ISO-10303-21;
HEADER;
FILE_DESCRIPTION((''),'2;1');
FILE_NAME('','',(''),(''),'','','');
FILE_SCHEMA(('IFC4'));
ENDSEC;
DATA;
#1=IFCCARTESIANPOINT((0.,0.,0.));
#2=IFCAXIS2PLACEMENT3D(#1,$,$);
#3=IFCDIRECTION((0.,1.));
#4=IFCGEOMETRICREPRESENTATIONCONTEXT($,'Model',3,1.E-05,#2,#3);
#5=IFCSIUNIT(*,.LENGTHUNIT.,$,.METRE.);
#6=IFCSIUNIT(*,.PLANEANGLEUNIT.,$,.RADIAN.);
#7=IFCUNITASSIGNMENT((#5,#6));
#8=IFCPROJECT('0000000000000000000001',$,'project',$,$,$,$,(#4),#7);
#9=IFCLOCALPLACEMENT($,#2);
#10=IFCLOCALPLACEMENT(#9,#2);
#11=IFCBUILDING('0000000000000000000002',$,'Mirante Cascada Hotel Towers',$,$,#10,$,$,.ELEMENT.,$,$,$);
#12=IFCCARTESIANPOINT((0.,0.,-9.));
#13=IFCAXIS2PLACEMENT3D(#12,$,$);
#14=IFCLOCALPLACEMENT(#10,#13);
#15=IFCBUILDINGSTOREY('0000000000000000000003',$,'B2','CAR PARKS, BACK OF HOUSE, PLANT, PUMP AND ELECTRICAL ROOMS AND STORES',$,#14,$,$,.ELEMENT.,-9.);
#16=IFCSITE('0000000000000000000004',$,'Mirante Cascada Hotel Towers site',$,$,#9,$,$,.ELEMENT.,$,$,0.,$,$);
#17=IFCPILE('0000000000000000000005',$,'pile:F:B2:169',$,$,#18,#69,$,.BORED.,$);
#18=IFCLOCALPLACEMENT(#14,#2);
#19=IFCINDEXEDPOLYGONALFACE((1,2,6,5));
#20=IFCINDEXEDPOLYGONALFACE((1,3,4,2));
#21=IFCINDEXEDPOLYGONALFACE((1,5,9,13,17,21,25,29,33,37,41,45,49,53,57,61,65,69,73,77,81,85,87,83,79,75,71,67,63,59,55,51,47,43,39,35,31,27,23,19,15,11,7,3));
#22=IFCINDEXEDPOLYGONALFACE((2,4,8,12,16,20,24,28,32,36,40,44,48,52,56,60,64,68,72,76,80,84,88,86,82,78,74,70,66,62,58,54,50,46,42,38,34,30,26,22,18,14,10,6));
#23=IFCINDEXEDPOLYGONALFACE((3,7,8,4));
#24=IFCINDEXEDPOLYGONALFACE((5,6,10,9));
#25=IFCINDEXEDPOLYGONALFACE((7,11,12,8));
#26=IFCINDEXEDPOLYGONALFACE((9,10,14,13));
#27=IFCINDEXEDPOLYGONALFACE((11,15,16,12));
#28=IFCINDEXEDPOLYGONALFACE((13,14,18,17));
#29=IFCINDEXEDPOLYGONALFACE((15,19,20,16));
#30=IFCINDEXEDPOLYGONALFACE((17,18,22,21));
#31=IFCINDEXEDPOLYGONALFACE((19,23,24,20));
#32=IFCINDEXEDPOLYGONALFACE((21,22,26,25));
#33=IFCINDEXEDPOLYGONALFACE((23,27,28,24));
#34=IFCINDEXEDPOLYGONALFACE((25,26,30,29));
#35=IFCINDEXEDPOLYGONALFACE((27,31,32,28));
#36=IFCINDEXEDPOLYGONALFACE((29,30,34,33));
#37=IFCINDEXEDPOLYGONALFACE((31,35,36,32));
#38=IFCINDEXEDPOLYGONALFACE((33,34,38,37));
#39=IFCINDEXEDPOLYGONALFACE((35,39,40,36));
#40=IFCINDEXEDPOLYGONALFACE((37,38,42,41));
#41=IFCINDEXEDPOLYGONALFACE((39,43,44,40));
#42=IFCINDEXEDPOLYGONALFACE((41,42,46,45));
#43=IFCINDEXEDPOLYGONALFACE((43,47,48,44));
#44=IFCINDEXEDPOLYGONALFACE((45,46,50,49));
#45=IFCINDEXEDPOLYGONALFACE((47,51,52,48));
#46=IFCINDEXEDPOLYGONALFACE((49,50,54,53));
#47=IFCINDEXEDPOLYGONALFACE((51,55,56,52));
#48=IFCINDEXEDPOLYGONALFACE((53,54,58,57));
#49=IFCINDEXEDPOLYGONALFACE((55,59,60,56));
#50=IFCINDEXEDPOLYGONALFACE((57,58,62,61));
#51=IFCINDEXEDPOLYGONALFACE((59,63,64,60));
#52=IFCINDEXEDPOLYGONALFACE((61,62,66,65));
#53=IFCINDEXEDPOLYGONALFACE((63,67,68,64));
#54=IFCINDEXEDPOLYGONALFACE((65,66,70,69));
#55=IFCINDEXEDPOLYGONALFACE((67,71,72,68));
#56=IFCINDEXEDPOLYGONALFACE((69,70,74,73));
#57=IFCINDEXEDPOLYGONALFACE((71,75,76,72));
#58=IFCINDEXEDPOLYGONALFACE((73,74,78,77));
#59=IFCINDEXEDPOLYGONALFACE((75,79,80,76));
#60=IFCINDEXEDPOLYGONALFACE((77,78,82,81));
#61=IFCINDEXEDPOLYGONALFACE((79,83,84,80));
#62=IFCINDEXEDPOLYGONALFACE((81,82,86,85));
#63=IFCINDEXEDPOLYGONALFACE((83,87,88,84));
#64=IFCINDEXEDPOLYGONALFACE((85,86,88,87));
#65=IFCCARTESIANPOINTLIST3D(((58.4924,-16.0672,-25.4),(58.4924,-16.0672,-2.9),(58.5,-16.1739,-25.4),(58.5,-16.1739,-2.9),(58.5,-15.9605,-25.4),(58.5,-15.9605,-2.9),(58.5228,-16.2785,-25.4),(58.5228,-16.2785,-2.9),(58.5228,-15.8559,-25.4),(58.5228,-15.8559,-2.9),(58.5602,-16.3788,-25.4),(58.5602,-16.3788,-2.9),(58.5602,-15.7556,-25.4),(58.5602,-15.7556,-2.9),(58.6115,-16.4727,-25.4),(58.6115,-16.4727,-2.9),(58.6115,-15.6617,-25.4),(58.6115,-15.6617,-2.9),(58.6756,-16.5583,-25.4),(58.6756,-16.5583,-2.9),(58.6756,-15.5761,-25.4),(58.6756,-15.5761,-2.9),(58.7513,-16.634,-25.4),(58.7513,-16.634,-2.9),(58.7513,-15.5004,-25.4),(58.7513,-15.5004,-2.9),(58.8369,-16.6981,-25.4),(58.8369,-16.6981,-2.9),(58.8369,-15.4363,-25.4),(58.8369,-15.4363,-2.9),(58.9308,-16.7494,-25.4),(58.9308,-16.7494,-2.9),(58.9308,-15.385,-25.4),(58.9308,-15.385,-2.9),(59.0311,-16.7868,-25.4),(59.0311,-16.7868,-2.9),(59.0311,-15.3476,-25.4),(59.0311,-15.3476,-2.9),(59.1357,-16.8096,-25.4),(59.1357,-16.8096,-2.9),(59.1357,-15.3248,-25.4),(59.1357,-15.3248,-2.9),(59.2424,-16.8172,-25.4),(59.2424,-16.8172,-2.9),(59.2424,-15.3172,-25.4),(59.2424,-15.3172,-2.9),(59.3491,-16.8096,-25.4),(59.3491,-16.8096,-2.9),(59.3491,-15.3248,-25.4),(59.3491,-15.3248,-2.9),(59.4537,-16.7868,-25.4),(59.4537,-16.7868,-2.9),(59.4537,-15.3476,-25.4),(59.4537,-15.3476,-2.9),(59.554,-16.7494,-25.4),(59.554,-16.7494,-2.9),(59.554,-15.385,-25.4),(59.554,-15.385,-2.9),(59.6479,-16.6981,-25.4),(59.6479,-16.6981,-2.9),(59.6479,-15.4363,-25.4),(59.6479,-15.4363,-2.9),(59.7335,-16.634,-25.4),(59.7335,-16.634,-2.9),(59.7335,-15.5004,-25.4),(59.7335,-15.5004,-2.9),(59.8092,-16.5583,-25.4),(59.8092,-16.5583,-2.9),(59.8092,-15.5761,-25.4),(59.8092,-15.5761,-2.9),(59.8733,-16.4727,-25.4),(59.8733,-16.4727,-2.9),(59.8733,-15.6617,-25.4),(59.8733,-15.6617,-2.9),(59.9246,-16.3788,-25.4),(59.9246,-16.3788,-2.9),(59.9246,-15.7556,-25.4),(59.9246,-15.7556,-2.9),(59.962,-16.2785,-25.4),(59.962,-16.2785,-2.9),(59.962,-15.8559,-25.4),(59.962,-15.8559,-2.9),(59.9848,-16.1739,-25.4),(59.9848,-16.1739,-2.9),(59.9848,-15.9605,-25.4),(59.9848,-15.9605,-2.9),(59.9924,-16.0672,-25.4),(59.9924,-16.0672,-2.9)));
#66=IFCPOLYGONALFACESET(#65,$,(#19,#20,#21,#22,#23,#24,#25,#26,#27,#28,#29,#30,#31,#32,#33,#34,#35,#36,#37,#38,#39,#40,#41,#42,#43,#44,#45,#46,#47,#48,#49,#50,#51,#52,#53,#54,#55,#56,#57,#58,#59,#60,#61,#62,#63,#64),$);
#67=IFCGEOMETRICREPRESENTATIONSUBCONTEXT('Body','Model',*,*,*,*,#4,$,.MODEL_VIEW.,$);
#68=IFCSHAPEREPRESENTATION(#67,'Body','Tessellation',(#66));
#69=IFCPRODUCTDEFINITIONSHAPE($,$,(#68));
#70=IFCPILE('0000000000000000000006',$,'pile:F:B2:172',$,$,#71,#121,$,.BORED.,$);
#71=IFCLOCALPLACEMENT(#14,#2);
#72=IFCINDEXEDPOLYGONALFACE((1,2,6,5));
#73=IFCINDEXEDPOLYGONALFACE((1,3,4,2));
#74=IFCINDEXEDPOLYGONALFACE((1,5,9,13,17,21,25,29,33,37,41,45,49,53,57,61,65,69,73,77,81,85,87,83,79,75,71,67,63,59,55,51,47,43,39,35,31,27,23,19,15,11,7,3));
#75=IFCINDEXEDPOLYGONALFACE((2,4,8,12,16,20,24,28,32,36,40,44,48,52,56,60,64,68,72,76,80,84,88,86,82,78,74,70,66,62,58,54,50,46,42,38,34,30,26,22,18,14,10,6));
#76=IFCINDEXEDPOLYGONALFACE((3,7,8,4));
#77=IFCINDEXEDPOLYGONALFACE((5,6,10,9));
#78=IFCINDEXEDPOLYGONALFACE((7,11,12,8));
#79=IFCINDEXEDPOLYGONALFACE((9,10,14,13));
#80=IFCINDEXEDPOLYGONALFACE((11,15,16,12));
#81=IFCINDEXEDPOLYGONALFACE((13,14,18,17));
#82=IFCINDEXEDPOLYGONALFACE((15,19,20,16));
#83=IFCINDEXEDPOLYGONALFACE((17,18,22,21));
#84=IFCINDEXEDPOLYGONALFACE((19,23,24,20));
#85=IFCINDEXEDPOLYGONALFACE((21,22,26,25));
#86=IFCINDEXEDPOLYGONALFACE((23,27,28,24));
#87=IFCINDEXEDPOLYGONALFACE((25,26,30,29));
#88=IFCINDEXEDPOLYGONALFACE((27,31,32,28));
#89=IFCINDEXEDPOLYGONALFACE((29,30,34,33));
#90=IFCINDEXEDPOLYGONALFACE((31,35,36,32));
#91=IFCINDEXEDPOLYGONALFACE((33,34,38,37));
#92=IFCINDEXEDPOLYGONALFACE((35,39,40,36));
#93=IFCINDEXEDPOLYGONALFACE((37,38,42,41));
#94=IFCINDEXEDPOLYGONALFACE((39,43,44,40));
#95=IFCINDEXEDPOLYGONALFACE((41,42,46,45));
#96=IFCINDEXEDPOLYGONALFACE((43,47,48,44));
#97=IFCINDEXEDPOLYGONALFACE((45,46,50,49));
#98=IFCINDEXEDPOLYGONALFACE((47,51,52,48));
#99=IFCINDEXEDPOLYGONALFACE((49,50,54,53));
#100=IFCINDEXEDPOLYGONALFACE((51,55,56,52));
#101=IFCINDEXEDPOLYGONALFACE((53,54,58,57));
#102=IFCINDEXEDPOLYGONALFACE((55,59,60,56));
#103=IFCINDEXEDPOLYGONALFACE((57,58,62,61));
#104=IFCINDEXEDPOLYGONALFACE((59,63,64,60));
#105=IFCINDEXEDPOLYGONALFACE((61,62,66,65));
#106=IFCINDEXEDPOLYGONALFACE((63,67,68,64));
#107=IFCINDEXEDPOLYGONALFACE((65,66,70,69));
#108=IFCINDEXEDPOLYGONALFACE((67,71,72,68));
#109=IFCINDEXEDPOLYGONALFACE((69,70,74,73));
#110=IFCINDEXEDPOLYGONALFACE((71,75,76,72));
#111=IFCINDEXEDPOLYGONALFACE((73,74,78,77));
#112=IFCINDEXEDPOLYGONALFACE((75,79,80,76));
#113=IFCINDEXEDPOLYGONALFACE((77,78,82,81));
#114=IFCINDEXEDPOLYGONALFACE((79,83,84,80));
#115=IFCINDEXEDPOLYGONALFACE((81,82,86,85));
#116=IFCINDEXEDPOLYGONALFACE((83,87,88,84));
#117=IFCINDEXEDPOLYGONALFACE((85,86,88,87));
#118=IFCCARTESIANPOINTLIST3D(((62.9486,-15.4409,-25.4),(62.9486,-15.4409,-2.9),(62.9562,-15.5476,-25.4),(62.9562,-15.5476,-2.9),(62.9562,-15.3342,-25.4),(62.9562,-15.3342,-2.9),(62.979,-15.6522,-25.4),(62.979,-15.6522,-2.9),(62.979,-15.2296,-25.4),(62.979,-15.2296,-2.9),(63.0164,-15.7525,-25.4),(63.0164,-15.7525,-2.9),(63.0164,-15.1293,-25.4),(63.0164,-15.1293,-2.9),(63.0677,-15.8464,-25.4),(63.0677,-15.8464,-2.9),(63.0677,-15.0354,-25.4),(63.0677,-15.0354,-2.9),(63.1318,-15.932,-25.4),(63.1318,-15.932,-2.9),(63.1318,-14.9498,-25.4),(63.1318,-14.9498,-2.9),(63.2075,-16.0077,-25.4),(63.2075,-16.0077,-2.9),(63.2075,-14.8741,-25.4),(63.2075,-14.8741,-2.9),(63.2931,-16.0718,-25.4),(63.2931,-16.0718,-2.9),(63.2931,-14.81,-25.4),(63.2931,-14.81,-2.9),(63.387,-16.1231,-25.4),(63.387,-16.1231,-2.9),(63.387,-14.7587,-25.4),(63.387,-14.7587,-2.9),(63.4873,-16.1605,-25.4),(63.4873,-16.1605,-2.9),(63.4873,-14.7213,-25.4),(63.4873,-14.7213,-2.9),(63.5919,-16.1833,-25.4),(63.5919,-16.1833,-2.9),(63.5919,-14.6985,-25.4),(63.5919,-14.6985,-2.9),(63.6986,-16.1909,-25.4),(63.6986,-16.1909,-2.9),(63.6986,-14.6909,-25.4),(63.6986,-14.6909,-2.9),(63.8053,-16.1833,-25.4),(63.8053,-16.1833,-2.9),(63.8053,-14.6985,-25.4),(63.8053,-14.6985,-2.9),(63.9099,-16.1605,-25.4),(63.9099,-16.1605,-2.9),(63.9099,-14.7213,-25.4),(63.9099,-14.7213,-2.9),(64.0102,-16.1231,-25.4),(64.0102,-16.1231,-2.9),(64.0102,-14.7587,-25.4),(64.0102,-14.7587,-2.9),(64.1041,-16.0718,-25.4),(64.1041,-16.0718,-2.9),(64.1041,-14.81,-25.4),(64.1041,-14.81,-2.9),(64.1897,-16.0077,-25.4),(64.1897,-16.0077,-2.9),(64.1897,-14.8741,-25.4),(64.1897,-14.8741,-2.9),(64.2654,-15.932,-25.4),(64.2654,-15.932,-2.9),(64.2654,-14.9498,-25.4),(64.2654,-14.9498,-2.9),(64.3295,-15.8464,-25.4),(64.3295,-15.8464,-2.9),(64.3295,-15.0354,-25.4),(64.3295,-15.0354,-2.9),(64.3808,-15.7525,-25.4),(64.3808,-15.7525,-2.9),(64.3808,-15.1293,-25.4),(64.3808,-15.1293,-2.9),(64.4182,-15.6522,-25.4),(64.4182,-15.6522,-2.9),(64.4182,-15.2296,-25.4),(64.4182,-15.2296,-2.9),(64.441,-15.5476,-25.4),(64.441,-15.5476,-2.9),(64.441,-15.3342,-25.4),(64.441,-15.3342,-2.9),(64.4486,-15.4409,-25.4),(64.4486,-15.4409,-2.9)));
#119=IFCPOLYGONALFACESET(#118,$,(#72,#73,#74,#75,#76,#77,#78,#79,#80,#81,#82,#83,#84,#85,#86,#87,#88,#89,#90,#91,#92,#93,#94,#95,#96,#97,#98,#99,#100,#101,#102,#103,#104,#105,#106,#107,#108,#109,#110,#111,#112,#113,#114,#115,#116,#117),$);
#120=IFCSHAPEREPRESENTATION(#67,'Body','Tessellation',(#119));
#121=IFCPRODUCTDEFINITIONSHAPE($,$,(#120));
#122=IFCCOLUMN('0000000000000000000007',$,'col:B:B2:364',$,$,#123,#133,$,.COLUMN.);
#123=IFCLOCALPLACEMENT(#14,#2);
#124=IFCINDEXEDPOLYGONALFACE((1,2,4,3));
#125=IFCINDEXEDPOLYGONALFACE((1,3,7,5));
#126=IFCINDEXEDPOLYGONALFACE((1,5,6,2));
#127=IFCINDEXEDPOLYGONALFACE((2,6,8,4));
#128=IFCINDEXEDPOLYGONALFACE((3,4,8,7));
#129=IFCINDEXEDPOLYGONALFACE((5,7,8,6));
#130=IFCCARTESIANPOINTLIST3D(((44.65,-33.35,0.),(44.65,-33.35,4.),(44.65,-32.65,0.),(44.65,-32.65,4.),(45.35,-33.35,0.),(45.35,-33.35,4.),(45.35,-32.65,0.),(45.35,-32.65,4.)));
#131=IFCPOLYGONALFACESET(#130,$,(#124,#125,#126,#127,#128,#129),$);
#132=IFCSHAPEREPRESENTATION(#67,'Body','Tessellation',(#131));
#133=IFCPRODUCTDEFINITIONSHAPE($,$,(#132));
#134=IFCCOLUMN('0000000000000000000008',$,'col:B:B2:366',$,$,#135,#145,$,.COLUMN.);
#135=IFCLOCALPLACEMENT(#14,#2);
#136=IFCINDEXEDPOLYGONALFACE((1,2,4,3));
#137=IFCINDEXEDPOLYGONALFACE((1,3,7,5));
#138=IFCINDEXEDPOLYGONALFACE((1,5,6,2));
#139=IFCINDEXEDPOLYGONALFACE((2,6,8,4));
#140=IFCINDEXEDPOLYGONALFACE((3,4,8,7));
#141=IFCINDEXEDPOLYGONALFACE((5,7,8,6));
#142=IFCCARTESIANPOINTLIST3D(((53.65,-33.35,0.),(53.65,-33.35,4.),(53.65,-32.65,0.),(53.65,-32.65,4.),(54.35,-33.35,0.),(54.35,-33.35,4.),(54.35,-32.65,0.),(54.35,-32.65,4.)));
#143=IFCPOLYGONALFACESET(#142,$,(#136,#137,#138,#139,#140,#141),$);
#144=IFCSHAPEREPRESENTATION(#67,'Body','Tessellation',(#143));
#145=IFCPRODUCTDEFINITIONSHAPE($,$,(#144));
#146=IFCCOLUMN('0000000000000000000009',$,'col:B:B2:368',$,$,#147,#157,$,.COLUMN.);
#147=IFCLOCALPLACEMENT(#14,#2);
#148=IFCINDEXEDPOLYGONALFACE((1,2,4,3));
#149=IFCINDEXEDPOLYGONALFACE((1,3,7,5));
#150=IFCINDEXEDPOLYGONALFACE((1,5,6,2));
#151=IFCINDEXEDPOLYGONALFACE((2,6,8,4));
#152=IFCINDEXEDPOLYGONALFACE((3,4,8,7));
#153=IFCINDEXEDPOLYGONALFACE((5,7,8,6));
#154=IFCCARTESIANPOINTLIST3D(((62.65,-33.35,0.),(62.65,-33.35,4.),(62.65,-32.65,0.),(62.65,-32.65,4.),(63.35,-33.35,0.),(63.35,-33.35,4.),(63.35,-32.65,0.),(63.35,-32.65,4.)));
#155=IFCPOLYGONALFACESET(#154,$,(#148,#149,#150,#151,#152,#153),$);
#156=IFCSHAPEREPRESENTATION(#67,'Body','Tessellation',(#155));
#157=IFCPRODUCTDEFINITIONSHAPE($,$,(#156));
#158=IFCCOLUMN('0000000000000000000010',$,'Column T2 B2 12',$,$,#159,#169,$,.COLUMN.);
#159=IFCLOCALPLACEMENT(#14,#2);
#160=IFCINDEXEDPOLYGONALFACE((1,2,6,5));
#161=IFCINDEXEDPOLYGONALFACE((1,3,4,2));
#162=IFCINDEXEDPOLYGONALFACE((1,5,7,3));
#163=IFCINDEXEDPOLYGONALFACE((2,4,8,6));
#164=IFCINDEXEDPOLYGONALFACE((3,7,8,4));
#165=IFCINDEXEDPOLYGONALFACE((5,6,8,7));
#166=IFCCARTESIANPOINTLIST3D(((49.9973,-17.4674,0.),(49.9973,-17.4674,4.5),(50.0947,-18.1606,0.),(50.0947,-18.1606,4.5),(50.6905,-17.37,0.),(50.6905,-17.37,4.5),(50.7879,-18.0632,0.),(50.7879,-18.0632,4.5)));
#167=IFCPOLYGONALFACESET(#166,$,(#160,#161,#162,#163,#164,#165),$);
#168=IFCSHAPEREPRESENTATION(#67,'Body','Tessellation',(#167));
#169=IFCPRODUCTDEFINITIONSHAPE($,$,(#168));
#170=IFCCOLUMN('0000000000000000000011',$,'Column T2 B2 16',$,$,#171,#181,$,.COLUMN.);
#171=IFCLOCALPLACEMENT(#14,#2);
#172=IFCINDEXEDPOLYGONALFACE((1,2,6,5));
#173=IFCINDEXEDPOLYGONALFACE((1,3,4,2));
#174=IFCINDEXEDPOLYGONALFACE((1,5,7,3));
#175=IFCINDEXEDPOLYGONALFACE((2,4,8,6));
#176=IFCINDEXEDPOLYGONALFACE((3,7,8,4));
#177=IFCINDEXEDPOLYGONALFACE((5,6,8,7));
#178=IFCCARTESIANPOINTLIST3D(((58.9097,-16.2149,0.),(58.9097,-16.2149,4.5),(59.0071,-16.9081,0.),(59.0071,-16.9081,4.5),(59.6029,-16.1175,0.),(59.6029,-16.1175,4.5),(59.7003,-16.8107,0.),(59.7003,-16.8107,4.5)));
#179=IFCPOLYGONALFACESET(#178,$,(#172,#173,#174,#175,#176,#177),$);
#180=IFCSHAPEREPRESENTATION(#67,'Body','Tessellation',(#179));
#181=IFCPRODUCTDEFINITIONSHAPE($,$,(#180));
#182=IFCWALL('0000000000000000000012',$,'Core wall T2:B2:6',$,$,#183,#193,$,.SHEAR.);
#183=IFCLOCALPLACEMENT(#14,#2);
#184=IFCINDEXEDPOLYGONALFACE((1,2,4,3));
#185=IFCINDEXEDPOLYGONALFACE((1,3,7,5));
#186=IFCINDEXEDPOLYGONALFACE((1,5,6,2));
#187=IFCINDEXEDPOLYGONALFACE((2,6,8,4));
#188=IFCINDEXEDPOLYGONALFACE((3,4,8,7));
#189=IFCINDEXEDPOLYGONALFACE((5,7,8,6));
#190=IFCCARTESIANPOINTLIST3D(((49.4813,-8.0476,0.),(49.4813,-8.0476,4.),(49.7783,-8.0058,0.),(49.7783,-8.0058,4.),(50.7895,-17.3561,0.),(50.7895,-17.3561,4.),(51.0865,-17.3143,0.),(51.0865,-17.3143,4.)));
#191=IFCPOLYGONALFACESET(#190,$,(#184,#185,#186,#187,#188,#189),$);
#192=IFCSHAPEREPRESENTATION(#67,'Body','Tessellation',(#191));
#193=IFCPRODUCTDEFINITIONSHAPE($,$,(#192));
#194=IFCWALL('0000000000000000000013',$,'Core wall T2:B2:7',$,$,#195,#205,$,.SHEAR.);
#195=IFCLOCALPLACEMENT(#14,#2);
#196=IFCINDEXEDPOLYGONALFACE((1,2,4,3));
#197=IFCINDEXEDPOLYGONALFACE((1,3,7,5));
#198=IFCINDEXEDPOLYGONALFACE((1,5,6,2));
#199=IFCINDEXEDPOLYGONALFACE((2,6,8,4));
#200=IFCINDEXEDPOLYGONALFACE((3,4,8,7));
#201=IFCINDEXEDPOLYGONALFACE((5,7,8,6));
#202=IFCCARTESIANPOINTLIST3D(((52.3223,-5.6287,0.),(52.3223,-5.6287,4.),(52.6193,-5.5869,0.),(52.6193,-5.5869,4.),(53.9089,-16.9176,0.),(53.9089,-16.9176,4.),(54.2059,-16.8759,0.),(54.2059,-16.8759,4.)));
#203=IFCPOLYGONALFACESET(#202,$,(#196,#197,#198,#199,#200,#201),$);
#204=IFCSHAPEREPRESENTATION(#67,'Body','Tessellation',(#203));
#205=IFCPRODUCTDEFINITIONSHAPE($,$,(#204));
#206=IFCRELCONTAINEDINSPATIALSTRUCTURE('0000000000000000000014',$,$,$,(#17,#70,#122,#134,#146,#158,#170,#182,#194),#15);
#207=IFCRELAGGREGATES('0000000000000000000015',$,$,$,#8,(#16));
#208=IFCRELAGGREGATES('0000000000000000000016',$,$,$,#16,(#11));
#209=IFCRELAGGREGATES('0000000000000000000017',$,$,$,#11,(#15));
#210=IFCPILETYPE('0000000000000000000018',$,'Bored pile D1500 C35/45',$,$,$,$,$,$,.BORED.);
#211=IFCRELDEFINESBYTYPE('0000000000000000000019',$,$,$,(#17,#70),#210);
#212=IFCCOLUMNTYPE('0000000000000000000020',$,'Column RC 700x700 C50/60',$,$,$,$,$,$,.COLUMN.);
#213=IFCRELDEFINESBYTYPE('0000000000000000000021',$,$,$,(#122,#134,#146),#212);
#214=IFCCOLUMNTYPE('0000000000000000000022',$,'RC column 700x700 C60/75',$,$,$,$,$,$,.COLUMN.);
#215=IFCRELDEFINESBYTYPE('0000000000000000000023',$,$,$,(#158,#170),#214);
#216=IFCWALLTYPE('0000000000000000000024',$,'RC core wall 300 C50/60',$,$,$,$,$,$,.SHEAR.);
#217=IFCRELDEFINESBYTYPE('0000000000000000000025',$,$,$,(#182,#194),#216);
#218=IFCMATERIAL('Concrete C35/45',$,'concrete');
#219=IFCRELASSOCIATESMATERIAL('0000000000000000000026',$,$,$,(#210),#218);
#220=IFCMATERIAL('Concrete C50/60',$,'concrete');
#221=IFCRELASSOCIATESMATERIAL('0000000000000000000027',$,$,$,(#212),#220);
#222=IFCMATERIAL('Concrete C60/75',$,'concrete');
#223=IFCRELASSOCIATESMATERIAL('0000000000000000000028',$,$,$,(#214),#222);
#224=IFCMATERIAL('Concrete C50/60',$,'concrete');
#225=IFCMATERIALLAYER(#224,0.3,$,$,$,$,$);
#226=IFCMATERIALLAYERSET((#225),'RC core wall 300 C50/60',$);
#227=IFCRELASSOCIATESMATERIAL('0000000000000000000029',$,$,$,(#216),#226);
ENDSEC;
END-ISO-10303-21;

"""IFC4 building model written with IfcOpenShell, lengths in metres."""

from ifc_helpers import new_model, si_unit, direction, frame, frame_2d, origin, origin_2d, place, context, subcontext, project, spatial, rectangle, circle, extrude, material, layer, layer_set, material_profile, profile_set, type_object, element, save


model = new_model("IFC4")

# Units and contexts
model_context = context("Model", 3, precision=1e-05, world=origin(), true_north=direction((0.0, 1.0)))
body_context = subcontext(model_context, "Body", "Model", "MODEL_VIEW")
ifc_project = project(units=[si_unit("LENGTHUNIT", "METRE"), si_unit("PLANEANGLEUNIT", "RADIAN")], contexts=[model_context])

# Site, building, storey
site_placement = place(None, origin())
site = spatial("IfcSite", under=ifc_project, at=site_placement, Name="Mirante Cascada Hotel Towers site", CompositionType="ELEMENT", RefElevation=0.0)
building_placement = place(site_placement, origin())
building = spatial("IfcBuilding", under=site, at=building_placement, Name="Mirante Cascada Hotel Towers", CompositionType="ELEMENT")
storey_placement = place(building_placement, frame((0.0, 0.0, -9.0)))
storey = spatial("IfcBuildingStorey", under=building, at=storey_placement, Name="B2", Description="CAR PARKS, BACK OF HOUSE, PLANT, PUMP AND ELECTRICAL ROOMS AND STORES", CompositionType="ELEMENT", Elevation=-9.0)

# Piles
ifc_material_1 = material(Name="Concrete C35/45", Category="concrete")
ifc_material_profile_1 = material_profile(ifc_material_1, circle(Radius=0.75, at=origin_2d()), Name="RC D1500")
ifc_profile_set_1 = profile_set([ifc_material_profile_1], Name="Concrete C35/45")
pile_type = type_object("IfcPileType", Name="Bored pile D1500 C35/45", PredefinedType="BORED", material=ifc_profile_set_1)
for number, where, z_axis, x_axis, name in (
    (1, (59.2424, -16.0672, -2.9), (0.0, 0.0, -1.0), (1.0, 0.0, 0.0), "pile:F:B2:169"),
    (2, (63.6986, -15.4409, -2.9), (0.0, 0.0, -1.0), (1.0, 0.0, 0.0), "pile:F:B2:172"),
):
    element("IfcPile", number, at=place(storey_placement, frame(where, z_axis=z_axis, x_axis=x_axis)), inside=storey, type_object=pile_type, Name=name, PredefinedType="BORED", context=body_context, shape_type="SweptSolid", body=[
        extrude(circle(Radius=0.75, at=origin_2d()), origin(), (0.0, 0.0, 1.0), 22.5),
    ])

# Columns
ifc_material_2 = material(Name="Concrete C50/60", Category="concrete")
ifc_material_profile_2 = material_profile(ifc_material_2, rectangle(XDim=0.7, YDim=0.7, at=origin_2d()), Name="RC 700x700")
ifc_profile_set_2 = profile_set([ifc_material_profile_2], Name="Concrete C50/60")
column_type_1 = type_object("IfcColumnType", Name="Column RC 700x700 C50/60", PredefinedType="COLUMN", material=ifc_profile_set_2)
for number, where, z_axis, x_axis, name in (
    (3, (45.0, -33.0, 0.0), (0.0, 0.0, 1.0), (1.0, 0.0, 0.0), "col:B:B2:364"),
    (4, (54.0, -33.0, 0.0), (0.0, 0.0, 1.0), (1.0, 0.0, 0.0), "col:B:B2:366"),
    (5, (63.0, -33.0, 0.0), (0.0, 0.0, 1.0), (1.0, 0.0, 0.0), "col:B:B2:368"),
):
    element("IfcColumn", number, at=place(storey_placement, frame(where, z_axis=z_axis, x_axis=x_axis)), inside=storey, type_object=column_type_1, Name=name, PredefinedType="COLUMN", context=body_context, shape_type="SweptSolid", body=[
        extrude(rectangle(XDim=0.7, YDim=0.7, at=origin_2d()), origin(), (0.0, 0.0, 1.0), 4.0),
    ])
ifc_material_3 = material(Name="Concrete C60/75", Category="concrete")
ifc_material_profile_3 = material_profile(ifc_material_3, rectangle(XDim=0.7, YDim=0.7, at=origin_2d()), Name="RC column 700x700 C60/75")
ifc_profile_set_3 = profile_set([ifc_material_profile_3], Name="Concrete C60/75")
column_type_2 = type_object("IfcColumnType", Name="RC column 700x700 C60/75", PredefinedType="COLUMN", material=ifc_profile_set_3)
for number, where, z_axis, x_axis, name in (
    (6, (50.3926, -17.7653, 0.0), (0.0, 0.0, 1.0), (0.990268, 0.139173, 0.0), "Column T2 B2 12"),
    (7, (59.305, -16.5128, 0.0), (0.0, 0.0, 1.0), (0.990268, 0.139173, 0.0), "Column T2 B2 16"),
):
    element("IfcColumn", number, at=place(storey_placement, frame(where, z_axis=z_axis, x_axis=x_axis)), inside=storey, type_object=column_type_2, Name=name, PredefinedType="COLUMN", context=body_context, shape_type="SweptSolid", body=[
        extrude(rectangle(XDim=0.7, YDim=0.7, at=origin_2d()), origin(), (0.0, 0.0, 1.0), 4.5),
    ])

# Walls
ifc_material_4 = material(Name="Concrete C50/60", Category="concrete")
ifc_layer_1 = layer(ifc_material_4, 0.3)
ifc_layer_set_1 = layer_set([ifc_layer_1], Name="RC core wall 300 C50/60")
wall_type_1 = type_object("IfcWallType", Name="RC core wall 300 C50/60", PredefinedType="SHEAR", material=ifc_layer_set_1)
wall_1_placement = place(storey_placement, frame((50.938, -17.3352, 0.0), z_axis=(0.0, 0.0, 1.0), x_axis=(-0.139171, 0.990268, 0.0)))
element("IfcWall", 8, at=wall_1_placement, inside=storey, type_object=wall_type_1, Name="Core wall T2:B2:6", PredefinedType="SHEAR", context=body_context, shape_type="SweptSolid", body=[
    extrude(rectangle(XDim=9.4, YDim=0.3, at=frame_2d((4.7, 0.0))), origin(), (0.0, 0.0, 1.0), 4.0),
])
wall_2_placement = place(storey_placement, frame((54.0574, -16.8968, 0.0), z_axis=(0.0, 0.0, 1.0), x_axis=(-0.139176, 0.990268, 0.0)))
element("IfcWall", 9, at=wall_2_placement, inside=storey, type_object=wall_type_1, Name="Core wall T2:B2:7", PredefinedType="SHEAR", context=body_context, shape_type="SweptSolid", body=[
    extrude(rectangle(XDim=11.3999, YDim=0.3, at=frame_2d((5.7, 0.0))), origin(), (0.0, 0.0, 1.0), 4.0),
])

save(model, "model.ifc")
